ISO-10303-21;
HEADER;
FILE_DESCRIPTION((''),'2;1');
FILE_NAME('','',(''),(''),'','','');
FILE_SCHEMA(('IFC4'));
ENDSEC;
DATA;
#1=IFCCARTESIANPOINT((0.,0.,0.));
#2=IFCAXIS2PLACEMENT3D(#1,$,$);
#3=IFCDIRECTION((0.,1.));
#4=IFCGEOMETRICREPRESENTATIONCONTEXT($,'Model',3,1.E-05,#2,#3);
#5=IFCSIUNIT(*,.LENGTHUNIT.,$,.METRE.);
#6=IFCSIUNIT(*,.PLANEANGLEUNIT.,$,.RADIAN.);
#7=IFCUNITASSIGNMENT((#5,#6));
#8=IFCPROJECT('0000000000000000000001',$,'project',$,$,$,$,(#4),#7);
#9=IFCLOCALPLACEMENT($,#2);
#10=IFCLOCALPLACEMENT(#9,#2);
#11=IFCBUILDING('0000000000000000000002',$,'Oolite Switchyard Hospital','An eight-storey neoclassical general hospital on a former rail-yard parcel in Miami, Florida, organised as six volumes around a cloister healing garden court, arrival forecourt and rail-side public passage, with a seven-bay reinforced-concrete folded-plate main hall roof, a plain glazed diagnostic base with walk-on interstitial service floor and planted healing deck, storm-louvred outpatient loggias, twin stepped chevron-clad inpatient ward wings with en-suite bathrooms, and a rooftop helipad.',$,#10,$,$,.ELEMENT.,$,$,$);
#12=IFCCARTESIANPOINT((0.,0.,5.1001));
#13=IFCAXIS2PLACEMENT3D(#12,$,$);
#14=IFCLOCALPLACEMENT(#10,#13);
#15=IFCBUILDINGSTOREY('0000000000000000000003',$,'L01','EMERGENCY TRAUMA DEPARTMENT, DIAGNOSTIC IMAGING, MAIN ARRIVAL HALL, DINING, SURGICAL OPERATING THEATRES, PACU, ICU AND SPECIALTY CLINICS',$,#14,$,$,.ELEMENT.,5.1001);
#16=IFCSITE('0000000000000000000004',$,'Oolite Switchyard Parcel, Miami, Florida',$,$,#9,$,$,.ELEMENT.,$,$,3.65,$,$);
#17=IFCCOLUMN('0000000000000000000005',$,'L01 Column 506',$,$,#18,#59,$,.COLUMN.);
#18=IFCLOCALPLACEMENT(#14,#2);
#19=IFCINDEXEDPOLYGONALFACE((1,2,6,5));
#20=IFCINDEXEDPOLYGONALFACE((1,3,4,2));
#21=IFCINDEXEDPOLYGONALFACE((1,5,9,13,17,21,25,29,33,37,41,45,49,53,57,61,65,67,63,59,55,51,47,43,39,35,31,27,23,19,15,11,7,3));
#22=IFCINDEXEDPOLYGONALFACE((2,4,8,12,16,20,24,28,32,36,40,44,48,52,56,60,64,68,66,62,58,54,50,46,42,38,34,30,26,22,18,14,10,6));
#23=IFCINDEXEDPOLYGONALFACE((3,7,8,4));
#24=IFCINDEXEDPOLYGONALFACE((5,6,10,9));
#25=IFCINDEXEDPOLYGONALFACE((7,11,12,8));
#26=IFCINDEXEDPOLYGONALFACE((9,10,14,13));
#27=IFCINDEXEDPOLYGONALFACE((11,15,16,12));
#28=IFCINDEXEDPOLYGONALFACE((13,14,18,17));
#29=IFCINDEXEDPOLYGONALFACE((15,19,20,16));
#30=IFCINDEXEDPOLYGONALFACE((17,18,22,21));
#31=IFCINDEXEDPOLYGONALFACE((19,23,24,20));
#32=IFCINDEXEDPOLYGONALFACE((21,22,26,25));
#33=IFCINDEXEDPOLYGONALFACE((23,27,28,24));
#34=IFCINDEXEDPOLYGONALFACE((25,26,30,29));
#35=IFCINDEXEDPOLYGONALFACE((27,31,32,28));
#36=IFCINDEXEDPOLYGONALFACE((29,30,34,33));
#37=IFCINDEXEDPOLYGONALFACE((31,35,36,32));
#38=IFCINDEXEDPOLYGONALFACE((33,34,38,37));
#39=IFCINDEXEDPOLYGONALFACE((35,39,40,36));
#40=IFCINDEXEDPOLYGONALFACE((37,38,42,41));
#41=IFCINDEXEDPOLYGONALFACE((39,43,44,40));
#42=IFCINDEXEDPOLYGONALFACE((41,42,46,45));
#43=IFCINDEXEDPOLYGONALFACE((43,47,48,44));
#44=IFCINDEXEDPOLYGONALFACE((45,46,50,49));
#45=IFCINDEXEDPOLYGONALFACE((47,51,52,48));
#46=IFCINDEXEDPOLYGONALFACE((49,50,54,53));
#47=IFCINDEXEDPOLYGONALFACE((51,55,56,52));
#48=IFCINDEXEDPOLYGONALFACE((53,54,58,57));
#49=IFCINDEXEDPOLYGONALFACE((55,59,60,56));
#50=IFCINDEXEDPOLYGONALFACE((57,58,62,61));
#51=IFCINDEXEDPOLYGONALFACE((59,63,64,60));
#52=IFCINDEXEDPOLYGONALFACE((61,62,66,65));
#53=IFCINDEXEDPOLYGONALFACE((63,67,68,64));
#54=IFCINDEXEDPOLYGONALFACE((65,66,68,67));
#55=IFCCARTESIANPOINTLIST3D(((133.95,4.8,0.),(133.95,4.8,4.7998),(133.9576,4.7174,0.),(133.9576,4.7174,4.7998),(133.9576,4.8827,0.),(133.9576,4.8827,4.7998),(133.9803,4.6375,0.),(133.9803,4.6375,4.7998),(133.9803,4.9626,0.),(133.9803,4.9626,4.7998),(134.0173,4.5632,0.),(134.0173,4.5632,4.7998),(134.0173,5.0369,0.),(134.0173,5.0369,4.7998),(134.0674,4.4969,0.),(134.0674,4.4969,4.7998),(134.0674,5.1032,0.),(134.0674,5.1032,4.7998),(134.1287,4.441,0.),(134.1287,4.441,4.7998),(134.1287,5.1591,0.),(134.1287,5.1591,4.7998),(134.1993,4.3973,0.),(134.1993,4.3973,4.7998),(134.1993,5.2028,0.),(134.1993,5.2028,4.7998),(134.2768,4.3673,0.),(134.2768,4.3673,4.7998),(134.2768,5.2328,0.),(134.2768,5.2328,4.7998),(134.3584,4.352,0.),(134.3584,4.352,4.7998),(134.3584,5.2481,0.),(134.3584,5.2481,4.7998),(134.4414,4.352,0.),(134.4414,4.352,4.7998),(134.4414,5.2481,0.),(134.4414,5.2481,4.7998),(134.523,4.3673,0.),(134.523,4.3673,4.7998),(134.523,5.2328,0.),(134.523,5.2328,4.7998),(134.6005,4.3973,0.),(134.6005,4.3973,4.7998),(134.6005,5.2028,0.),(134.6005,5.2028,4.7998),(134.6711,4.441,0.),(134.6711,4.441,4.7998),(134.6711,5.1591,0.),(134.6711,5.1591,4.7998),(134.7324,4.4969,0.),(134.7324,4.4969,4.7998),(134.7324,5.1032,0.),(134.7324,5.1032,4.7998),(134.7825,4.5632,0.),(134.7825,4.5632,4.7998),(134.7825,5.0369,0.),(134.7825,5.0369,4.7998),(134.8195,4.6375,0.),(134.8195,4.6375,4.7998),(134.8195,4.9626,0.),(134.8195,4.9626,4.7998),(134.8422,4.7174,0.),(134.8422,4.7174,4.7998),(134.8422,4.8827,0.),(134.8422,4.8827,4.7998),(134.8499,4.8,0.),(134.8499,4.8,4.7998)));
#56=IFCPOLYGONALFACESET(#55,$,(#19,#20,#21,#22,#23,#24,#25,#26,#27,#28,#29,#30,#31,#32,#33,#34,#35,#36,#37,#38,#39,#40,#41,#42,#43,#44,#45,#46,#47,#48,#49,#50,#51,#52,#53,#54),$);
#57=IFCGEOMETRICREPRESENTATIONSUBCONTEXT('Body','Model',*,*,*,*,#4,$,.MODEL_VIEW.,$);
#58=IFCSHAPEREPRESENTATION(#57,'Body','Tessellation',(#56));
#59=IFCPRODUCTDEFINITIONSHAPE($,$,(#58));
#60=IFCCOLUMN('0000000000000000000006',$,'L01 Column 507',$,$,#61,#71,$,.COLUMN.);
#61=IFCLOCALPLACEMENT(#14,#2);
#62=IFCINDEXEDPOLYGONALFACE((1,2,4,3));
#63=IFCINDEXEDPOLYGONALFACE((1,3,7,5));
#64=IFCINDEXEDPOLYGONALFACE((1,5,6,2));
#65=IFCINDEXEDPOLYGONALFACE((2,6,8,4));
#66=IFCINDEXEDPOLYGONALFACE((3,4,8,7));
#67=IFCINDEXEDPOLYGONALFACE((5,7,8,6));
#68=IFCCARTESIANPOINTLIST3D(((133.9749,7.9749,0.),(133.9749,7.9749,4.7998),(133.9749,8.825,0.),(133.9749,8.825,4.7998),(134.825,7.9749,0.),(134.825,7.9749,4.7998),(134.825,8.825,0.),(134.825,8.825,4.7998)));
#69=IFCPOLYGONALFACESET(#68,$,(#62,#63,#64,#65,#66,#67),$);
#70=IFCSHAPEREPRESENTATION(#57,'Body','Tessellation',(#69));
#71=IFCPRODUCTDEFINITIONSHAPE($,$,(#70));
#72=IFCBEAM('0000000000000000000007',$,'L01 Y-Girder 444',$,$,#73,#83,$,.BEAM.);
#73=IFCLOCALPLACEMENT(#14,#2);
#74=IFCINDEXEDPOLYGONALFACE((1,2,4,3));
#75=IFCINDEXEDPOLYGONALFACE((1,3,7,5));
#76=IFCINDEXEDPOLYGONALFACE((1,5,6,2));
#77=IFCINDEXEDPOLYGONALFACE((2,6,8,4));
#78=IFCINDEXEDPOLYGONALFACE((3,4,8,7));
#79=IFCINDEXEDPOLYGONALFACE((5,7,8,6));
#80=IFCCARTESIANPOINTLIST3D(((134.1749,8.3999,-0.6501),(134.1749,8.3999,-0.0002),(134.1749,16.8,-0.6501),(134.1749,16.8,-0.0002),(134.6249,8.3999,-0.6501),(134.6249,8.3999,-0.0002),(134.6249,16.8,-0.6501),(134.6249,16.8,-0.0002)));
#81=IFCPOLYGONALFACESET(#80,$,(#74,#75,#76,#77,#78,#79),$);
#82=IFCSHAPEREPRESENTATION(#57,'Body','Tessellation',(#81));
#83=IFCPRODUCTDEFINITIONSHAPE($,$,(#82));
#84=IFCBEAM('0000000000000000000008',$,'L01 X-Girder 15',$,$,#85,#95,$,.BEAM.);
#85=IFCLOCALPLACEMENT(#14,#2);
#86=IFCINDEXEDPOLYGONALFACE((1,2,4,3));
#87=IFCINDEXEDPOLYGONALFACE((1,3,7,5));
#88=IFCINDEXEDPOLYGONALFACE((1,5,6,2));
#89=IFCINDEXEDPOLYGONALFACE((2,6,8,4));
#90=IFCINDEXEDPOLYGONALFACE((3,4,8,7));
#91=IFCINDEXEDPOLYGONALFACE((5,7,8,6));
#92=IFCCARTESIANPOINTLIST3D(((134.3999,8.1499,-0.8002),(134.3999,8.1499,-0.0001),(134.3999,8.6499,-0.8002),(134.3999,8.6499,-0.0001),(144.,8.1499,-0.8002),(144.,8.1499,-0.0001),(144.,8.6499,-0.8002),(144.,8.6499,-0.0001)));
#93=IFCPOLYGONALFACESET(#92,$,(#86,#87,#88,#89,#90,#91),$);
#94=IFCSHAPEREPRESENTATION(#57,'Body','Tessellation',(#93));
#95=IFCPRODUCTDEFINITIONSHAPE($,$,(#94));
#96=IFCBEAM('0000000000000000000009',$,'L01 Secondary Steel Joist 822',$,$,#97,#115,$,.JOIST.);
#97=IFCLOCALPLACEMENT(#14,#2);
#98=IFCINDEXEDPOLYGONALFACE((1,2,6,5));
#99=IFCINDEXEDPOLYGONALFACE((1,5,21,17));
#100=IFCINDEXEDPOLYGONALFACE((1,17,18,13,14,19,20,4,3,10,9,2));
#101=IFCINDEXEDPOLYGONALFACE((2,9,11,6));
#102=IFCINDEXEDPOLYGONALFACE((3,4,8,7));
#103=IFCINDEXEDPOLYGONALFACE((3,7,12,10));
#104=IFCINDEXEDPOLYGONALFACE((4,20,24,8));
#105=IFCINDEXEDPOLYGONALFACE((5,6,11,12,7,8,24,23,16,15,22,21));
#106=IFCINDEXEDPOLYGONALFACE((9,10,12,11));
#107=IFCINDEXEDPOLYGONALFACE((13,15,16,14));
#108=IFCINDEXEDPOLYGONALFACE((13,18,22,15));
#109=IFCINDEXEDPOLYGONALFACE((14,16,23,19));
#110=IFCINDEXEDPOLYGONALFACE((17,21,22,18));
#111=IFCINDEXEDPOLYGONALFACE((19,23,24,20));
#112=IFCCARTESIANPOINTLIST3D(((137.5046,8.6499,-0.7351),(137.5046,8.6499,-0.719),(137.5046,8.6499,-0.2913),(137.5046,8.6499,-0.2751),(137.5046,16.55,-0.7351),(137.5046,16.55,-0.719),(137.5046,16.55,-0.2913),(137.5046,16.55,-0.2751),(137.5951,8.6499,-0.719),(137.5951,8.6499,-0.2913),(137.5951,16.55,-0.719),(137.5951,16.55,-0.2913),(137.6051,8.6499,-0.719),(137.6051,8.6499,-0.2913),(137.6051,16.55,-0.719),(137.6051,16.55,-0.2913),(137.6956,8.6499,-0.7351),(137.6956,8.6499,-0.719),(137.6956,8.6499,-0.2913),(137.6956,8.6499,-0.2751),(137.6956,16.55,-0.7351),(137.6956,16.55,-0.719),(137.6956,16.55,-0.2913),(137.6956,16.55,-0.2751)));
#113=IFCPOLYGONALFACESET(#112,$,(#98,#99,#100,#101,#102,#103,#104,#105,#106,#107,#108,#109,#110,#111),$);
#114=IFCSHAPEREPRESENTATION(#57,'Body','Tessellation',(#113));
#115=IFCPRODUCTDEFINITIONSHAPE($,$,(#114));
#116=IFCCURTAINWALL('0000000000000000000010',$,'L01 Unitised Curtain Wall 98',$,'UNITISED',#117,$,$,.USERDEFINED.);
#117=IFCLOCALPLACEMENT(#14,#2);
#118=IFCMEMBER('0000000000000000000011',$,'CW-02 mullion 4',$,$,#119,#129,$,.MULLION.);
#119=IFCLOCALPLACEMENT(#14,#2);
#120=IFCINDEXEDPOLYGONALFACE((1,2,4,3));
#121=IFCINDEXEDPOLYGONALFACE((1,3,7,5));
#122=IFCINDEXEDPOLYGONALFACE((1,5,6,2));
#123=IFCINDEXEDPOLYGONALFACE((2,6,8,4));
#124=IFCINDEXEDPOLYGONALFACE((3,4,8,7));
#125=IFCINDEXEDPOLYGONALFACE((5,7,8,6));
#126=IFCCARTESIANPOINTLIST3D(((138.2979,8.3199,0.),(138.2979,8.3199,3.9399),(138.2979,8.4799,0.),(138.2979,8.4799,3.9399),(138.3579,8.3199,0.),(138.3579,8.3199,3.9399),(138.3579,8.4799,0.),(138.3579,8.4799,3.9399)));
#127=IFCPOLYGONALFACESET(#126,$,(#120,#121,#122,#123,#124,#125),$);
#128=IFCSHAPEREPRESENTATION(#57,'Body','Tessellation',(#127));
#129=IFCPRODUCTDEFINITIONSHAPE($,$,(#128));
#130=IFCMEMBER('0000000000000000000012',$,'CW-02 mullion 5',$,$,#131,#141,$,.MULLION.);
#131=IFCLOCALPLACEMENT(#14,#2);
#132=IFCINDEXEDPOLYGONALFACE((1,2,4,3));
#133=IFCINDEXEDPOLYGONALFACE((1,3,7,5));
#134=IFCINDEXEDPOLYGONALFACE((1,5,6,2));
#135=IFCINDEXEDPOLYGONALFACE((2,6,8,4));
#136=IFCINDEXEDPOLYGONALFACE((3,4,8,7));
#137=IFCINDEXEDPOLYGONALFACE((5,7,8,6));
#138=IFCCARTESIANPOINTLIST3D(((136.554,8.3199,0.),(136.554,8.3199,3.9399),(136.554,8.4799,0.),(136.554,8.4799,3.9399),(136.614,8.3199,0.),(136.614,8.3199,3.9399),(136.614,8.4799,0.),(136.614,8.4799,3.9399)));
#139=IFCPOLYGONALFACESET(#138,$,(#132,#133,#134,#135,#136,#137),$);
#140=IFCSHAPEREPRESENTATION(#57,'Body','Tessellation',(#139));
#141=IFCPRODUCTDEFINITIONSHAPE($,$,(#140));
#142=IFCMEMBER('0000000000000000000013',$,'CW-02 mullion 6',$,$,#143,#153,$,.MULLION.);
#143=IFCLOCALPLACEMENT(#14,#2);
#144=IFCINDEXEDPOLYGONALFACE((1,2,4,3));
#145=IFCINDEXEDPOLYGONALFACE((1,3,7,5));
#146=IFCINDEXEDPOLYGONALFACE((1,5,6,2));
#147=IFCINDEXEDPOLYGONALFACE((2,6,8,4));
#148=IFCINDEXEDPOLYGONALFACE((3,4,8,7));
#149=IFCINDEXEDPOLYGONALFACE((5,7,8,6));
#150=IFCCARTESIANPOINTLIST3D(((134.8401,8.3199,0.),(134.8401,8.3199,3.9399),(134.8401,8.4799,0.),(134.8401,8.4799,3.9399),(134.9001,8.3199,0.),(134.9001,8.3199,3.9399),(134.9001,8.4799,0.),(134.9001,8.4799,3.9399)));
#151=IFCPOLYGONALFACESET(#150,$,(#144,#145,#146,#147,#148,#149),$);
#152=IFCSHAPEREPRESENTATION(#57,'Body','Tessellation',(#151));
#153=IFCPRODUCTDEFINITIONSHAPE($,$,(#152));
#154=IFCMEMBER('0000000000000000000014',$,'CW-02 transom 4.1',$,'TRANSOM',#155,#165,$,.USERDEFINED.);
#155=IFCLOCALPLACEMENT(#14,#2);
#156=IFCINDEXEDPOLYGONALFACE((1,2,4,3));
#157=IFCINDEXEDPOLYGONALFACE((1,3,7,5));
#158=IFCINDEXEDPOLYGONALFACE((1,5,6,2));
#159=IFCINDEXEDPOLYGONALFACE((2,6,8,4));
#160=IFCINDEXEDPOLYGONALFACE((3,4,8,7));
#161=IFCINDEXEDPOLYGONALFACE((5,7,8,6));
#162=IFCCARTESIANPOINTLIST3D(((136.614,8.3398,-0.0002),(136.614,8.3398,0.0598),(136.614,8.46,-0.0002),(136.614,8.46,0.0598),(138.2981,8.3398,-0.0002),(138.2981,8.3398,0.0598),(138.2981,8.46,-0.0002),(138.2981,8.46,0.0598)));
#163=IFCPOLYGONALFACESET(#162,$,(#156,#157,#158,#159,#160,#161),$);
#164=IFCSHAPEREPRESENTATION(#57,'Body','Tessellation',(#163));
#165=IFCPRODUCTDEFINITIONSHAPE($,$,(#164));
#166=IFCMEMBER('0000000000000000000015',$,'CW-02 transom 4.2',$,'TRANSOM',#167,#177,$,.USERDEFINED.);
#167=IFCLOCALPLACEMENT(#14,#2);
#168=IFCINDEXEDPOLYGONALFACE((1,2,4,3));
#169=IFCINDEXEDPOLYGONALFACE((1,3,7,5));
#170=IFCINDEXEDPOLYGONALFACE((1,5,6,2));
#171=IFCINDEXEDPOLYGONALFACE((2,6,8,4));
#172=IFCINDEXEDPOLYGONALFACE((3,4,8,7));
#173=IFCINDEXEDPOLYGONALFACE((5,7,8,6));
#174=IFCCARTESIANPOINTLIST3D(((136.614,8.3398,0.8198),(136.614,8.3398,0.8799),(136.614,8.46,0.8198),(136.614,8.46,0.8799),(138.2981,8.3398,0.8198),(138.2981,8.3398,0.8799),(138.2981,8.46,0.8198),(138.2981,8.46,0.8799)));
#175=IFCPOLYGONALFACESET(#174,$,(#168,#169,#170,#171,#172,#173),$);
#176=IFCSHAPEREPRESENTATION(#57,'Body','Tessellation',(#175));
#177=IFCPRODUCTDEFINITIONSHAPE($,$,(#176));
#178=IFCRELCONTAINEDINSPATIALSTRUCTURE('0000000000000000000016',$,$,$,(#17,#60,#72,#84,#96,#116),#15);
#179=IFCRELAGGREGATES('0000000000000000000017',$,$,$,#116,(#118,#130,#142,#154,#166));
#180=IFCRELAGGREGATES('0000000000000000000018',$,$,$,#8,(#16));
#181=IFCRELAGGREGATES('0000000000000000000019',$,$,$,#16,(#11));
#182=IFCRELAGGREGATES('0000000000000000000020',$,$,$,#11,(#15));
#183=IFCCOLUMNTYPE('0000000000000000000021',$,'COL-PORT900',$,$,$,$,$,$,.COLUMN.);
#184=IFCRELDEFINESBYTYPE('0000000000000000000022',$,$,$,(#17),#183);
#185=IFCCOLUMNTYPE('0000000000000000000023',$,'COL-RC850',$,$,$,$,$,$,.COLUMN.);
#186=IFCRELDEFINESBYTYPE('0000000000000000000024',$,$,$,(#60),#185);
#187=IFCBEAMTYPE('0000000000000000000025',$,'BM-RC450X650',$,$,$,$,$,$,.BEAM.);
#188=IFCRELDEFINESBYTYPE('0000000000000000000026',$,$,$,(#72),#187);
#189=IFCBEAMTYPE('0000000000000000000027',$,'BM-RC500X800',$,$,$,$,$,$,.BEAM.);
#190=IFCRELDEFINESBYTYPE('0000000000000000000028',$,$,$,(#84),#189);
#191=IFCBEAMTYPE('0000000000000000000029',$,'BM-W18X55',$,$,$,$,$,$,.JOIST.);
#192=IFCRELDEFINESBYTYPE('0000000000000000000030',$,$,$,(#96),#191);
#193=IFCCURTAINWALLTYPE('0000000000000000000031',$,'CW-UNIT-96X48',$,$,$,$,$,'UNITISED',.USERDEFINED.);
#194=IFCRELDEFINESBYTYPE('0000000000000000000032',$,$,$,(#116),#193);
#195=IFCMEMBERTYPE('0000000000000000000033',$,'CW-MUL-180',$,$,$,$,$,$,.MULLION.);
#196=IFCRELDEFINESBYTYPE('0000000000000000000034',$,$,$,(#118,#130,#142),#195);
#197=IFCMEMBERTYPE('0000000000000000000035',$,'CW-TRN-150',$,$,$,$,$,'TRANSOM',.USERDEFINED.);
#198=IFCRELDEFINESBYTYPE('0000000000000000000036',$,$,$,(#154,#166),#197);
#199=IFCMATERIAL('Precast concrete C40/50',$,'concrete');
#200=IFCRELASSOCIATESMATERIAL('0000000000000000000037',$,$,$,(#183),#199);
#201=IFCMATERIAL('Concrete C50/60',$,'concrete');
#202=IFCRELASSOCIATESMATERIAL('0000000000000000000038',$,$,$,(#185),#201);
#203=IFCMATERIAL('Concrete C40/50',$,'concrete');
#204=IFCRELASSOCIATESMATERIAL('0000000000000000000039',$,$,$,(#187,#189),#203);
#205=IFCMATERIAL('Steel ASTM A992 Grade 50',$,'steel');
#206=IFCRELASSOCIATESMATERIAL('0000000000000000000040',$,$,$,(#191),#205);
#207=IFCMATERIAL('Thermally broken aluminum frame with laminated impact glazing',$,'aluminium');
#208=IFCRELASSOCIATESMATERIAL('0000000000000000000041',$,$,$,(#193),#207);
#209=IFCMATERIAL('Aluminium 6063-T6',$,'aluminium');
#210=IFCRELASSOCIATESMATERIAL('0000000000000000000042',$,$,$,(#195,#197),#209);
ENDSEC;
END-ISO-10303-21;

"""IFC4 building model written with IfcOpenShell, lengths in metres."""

from ifc_helpers import new_model, si_unit, direction, frame, origin, origin_2d, place, context, subcontext, project, spatial, rectangle, circle, i_section, extrude, material, material_profile, profile_set, type_object, element, aggregate, save


model = new_model("IFC4")

# Units and contexts
model_context = context("Model", 3, precision=1e-05, world=origin(), true_north=direction((0.0, 1.0)))
body_context = subcontext(model_context, "Body", "Model", "MODEL_VIEW")
ifc_project = project(units=[si_unit("LENGTHUNIT", "METRE"), si_unit("PLANEANGLEUNIT", "RADIAN")], contexts=[model_context])

# Site, building, storey
site_placement = place(None, origin())
site = spatial("IfcSite", under=ifc_project, at=site_placement, Name="Oolite Switchyard Parcel, Miami, Florida", CompositionType="ELEMENT", RefElevation=3.65)
building_placement = place(site_placement, origin())
building = spatial("IfcBuilding", under=site, at=building_placement, Name="Oolite Switchyard Hospital", Description="An eight-storey neoclassical general hospital on a former rail-yard parcel in Miami, Florida, organised as six volumes around a cloister healing garden court, arrival forecourt and rail-side public passage, with a seven-bay reinforced-concrete folded-plate main hall roof, a plain glazed diagnostic base with walk-on interstitial service floor and planted healing deck, storm-louvred outpatient loggias, twin stepped chevron-clad inpatient ward wings with en-suite bathrooms, and a rooftop helipad.", CompositionType="ELEMENT")
storey_placement = place(building_placement, frame((0.0, 0.0, 5.1001)))
storey = spatial("IfcBuildingStorey", under=building, at=storey_placement, Name="L01", Description="EMERGENCY TRAUMA DEPARTMENT, DIAGNOSTIC IMAGING, MAIN ARRIVAL HALL, DINING, SURGICAL OPERATING THEATRES, PACU, ICU AND SPECIALTY CLINICS", CompositionType="ELEMENT", Elevation=5.1001)

# Columns
ifc_material_1 = material(Name="Precast concrete C40/50", Category="concrete")
ifc_material_profile_1 = material_profile(ifc_material_1, circle(Radius=0.45, at=origin_2d()), Name="RCCOL900")
ifc_profile_set_1 = profile_set([ifc_material_profile_1], Name="Precast concrete C40/50")
column_type_1 = type_object("IfcColumnType", Name="COL-PORT900", PredefinedType="COLUMN", material=ifc_profile_set_1)
column_1_placement = place(storey_placement, frame((134.3999, 4.8, 0.0), z_axis=(0.0, 0.0, 1.0), x_axis=(1.0, 0.0, 0.0)))
element("IfcColumn", 1, at=column_1_placement, inside=storey, type_object=column_type_1, Name="L01 Column 506", PredefinedType="COLUMN", context=body_context, shape_type="SweptSolid", body=[
    extrude(circle(Radius=0.45, at=origin_2d()), origin(), (0.0, 0.0, 1.0), 4.7998),
])
ifc_material_2 = material(Name="Concrete C50/60", Category="concrete")
ifc_material_profile_2 = material_profile(ifc_material_2, rectangle(XDim=0.8501, YDim=0.8501, at=origin_2d()), Name="RC850X850")
ifc_profile_set_2 = profile_set([ifc_material_profile_2], Name="Concrete C50/60")
column_type_2 = type_object("IfcColumnType", Name="COL-RC850", PredefinedType="COLUMN", material=ifc_profile_set_2)
column_2_placement = place(storey_placement, frame((134.3999, 8.3999, 0.0), z_axis=(0.0, 0.0, 1.0), x_axis=(1.0, 0.0, 0.0)))
element("IfcColumn", 2, at=column_2_placement, inside=storey, type_object=column_type_2, Name="L01 Column 507", PredefinedType="COLUMN", context=body_context, shape_type="SweptSolid", body=[
    extrude(rectangle(XDim=0.8501, YDim=0.8501, at=origin_2d()), origin(), (0.0, 0.0, 1.0), 4.7998),
])

# Beams
ifc_material_3 = material(Name="Concrete C40/50", Category="concrete")
ifc_material_profile_3 = material_profile(ifc_material_3, rectangle(XDim=0.45, YDim=0.6499, at=origin_2d()), Name="RCB450X650")
ifc_profile_set_3 = profile_set([ifc_material_profile_3], Name="Concrete C40/50")
beam_type_1 = type_object("IfcBeamType", Name="BM-RC450X650", PredefinedType="BEAM", material=ifc_profile_set_3)
beam_1_placement = place(storey_placement, frame((134.3999, 8.3999, -0.3252), z_axis=(0.0, 1.0, 0.0), x_axis=(-1.0, 0.0, 0.0)))
element("IfcBeam", 3, at=beam_1_placement, inside=storey, type_object=beam_type_1, Name="L01 Y-Girder 444", PredefinedType="BEAM", context=body_context, shape_type="SweptSolid", body=[
    extrude(rectangle(XDim=0.45, YDim=0.6499, at=origin_2d()), origin(), (0.0, 0.0, 1.0), 8.4001),
])
ifc_material_profile_4 = material_profile(ifc_material_3, rectangle(XDim=0.5, YDim=0.8, at=origin_2d()), Name="RCB500X800")
ifc_profile_set_4 = profile_set([ifc_material_profile_4], Name="Concrete C40/50")
beam_type_2 = type_object("IfcBeamType", Name="BM-RC500X800", PredefinedType="BEAM", material=ifc_profile_set_4)
beam_2_placement = place(storey_placement, frame((134.3999, 8.3999, -0.4001), z_axis=(1.0, 0.0, 0.0), x_axis=(0.0, 1.0, 0.0)))
element("IfcBeam", 4, at=beam_2_placement, inside=storey, type_object=beam_type_2, Name="L01 X-Girder 15", PredefinedType="BEAM", context=body_context, shape_type="SweptSolid", body=[
    extrude(rectangle(XDim=0.5, YDim=0.8, at=origin_2d()), origin(), (0.0, 0.0, 1.0), 9.6001),
])
ifc_material_4 = material(Name="Steel ASTM A992 Grade 50", Category="steel")
ifc_material_profile_5 = material_profile(ifc_material_4, i_section(OverallWidth=0.1909, OverallDepth=0.46, WebThickness=0.01, FlangeThickness=0.0161, at=origin_2d()), Name="W18X55")
ifc_profile_set_5 = profile_set([ifc_material_profile_5], Name="Steel ASTM A992 Grade 50")
beam_type_3 = type_object("IfcBeamType", Name="BM-W18X55", PredefinedType="JOIST", material=ifc_profile_set_5)
beam_3_placement = place(storey_placement, frame((137.6001, 8.6499, -0.5051), z_axis=(0.0, 1.0, 0.0), x_axis=(-1.0, 0.0, 0.0)))
element("IfcBeam", 5, at=beam_3_placement, inside=storey, type_object=beam_type_3, Name="L01 Secondary Steel Joist 822", PredefinedType="JOIST", context=body_context, shape_type="SweptSolid", body=[
    extrude(i_section(OverallWidth=0.1909, OverallDepth=0.46, WebThickness=0.01, FlangeThickness=0.0161, at=origin_2d()), origin(), (0.0, 0.0, 1.0), 7.9001),
])

# Curtain wall, members
ifc_material_5 = material(Name="Thermally broken aluminum frame with laminated impact glazing", Category="aluminium")
curtain_wall_type = type_object("IfcCurtainWallType", Name="CW-UNIT-96X48", ElementType="UNITISED", PredefinedType="USERDEFINED", material=ifc_material_5)
curtain_wall_placement = place(storey_placement, origin())
curtain_wall = element("IfcCurtainWall", 6, at=curtain_wall_placement, inside=storey, type_object=curtain_wall_type, Name="L01 Unitised Curtain Wall 98", ObjectType="UNITISED", PredefinedType="USERDEFINED")
ifc_material_6 = material(Name="Aluminium 6063-T6", Category="aluminium")
ifc_material_profile_6 = material_profile(ifc_material_6, rectangle(XDim=0.1599, YDim=0.0601, at=origin_2d()), Name="CWM60X160")
ifc_profile_set_6 = profile_set([ifc_material_profile_6], Name="Aluminium 6063-T6")
member_type_1 = type_object("IfcMemberType", Name="CW-MUL-180", PredefinedType="MULLION", material=ifc_profile_set_6)
member_1_placement = place(storey_placement, frame((138.3279, 8.3999, 0.0), z_axis=(0.0, 0.0, 1.0), x_axis=(0.0, -1.0, 0.0)))
member_1 = element("IfcMember", 7, at=member_1_placement, type_object=member_type_1, Name="CW-02 mullion 4", PredefinedType="MULLION", context=body_context, shape_type="SweptSolid", body=[
    extrude(rectangle(XDim=0.1599, YDim=0.0601, at=origin_2d()), origin(), (0.0, 0.0, 1.0), 3.9399),
])
member_2_placement = place(storey_placement, frame((136.584, 8.3999, 0.0), z_axis=(0.0, 0.0, 1.0), x_axis=(0.0, -1.0, 0.0)))
member_2 = element("IfcMember", 8, at=member_2_placement, type_object=member_type_1, Name="CW-02 mullion 5", PredefinedType="MULLION", context=body_context, shape_type="SweptSolid", body=[
    extrude(rectangle(XDim=0.1599, YDim=0.0601, at=origin_2d()), origin(), (0.0, 0.0, 1.0), 3.9399),
])
member_3_placement = place(storey_placement, frame((134.8701, 8.3999, 0.0), z_axis=(0.0, 0.0, 1.0), x_axis=(0.0, -1.0, 0.0)))
member_3 = element("IfcMember", 9, at=member_3_placement, type_object=member_type_1, Name="CW-02 mullion 6", PredefinedType="MULLION", context=body_context, shape_type="SweptSolid", body=[
    extrude(rectangle(XDim=0.1599, YDim=0.0601, at=origin_2d()), origin(), (0.0, 0.0, 1.0), 3.9399),
])
ifc_material_profile_7 = material_profile(ifc_material_6, rectangle(XDim=0.1201, YDim=0.0601, at=origin_2d()), Name="CWT60X120")
ifc_profile_set_7 = profile_set([ifc_material_profile_7], Name="Aluminium 6063-T6")
member_type_2 = type_object("IfcMemberType", Name="CW-TRN-150", ElementType="TRANSOM", PredefinedType="USERDEFINED", material=ifc_profile_set_7)
member_4_placement = place(storey_placement, frame((138.2981, 8.3999, 0.0298), z_axis=(-1.0, 0.0, 0.0), x_axis=(0.0, -1.0, 0.0)))
member_4 = element("IfcMember", 10, at=member_4_placement, type_object=member_type_2, Name="CW-02 transom 4.1", ObjectType="TRANSOM", PredefinedType="USERDEFINED", context=body_context, shape_type="SweptSolid", body=[
    extrude(rectangle(XDim=0.1201, YDim=0.0601, at=origin_2d()), origin(), (0.0, 0.0, 1.0), 1.6841),
])
member_5_placement = place(storey_placement, frame((138.2981, 8.3999, 0.8499), z_axis=(-1.0, 0.0, 0.0), x_axis=(0.0, -1.0, 0.0)))
member_5 = element("IfcMember", 11, at=member_5_placement, type_object=member_type_2, Name="CW-02 transom 4.2", ObjectType="TRANSOM", PredefinedType="USERDEFINED", context=body_context, shape_type="SweptSolid", body=[
    extrude(rectangle(XDim=0.1201, YDim=0.0601, at=origin_2d()), origin(), (0.0, 0.0, 1.0), 1.6841),
])
aggregate(curtain_wall, [member_1, member_2, member_3, member_4, member_5])

save(model, "model.ifc")
